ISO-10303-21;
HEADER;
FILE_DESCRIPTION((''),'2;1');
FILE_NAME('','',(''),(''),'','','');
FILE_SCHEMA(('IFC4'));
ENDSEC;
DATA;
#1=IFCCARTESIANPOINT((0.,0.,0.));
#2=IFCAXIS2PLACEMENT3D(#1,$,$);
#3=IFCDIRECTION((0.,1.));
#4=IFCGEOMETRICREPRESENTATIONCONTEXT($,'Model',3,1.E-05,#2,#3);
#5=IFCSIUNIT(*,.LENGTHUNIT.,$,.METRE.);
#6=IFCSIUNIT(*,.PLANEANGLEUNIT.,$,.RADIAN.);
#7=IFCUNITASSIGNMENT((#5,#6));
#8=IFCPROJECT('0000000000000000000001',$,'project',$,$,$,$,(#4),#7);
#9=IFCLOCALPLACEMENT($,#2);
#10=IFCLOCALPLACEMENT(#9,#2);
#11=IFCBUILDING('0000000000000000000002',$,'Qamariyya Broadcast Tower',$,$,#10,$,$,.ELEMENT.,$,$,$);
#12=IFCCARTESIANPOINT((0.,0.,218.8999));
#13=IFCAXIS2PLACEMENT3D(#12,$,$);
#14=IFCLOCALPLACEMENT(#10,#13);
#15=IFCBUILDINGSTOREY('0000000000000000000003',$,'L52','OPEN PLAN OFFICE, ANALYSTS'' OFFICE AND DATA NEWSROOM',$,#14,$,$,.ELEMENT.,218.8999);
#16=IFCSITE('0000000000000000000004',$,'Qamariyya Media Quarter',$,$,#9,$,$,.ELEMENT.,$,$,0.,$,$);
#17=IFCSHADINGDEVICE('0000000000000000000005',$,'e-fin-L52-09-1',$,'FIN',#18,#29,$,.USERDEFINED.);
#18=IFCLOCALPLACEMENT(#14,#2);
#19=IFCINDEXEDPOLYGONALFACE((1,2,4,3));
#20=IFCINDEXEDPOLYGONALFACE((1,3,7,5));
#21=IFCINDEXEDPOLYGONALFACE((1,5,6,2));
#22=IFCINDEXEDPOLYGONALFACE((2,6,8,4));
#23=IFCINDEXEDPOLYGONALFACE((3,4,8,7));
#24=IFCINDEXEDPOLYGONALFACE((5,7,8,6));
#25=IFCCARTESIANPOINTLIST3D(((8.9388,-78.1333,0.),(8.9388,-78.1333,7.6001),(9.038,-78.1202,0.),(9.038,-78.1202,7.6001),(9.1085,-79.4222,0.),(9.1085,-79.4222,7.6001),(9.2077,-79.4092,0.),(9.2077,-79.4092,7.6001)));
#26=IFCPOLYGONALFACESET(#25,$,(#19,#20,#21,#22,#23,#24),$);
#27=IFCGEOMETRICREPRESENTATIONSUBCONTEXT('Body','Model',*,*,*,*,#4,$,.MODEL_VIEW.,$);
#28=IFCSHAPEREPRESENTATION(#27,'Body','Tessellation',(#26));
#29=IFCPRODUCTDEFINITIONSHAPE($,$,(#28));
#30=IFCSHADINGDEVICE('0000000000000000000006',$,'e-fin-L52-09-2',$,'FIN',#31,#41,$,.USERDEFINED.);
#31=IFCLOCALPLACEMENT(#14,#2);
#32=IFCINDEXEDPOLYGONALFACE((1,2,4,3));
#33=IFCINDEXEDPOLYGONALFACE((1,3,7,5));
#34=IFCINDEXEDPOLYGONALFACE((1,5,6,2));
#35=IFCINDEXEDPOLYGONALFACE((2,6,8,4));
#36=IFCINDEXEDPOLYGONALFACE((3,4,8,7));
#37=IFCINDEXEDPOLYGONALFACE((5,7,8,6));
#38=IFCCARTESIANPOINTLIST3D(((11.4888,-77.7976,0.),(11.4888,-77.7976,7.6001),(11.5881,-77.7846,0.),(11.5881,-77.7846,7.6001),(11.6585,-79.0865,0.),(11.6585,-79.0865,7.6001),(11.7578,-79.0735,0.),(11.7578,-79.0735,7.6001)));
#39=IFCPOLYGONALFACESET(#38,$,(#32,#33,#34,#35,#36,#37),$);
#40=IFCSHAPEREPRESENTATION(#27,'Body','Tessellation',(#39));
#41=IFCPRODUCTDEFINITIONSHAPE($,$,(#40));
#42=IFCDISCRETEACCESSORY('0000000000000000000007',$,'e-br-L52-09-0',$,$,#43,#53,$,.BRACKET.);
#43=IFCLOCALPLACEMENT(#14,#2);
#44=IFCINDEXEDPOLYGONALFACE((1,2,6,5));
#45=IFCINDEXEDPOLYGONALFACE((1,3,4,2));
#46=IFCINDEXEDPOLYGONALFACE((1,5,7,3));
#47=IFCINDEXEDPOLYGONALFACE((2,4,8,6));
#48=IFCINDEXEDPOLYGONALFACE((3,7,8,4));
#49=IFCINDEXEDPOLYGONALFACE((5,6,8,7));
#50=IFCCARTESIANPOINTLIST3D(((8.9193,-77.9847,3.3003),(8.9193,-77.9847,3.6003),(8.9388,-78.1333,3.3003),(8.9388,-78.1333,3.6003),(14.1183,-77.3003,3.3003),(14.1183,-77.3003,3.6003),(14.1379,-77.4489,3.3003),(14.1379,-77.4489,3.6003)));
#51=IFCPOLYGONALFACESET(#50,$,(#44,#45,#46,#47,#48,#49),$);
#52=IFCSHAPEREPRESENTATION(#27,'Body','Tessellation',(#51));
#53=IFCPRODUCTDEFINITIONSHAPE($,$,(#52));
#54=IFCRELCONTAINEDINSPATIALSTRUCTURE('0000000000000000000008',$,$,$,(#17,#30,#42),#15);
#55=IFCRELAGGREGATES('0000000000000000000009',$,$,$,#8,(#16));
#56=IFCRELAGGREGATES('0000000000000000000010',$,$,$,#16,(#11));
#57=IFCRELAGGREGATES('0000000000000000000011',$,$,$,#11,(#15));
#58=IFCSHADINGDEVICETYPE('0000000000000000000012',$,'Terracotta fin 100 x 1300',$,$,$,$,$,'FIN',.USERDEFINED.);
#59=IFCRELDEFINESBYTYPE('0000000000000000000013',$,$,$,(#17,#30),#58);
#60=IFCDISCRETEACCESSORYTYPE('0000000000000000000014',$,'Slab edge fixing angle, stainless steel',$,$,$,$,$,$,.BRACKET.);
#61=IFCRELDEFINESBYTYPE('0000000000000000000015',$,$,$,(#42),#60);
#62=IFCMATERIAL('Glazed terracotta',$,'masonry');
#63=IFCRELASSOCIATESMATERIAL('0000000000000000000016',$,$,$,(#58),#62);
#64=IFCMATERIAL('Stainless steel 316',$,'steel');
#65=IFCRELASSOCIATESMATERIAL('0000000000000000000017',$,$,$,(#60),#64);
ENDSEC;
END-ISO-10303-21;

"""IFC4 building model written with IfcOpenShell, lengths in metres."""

from ifc_helpers import new_model, si_unit, direction, frame, origin, origin_2d, place, context, subcontext, project, spatial, rectangle, extrude, material, material_profile, profile_set, type_object, element, save


model = new_model("IFC4")

# Units and contexts
model_context = context("Model", 3, precision=1e-05, world=origin(), true_north=direction((0.0, 1.0)))
body_context = subcontext(model_context, "Body", "Model", "MODEL_VIEW")
ifc_project = project(units=[si_unit("LENGTHUNIT", "METRE"), si_unit("PLANEANGLEUNIT", "RADIAN")], contexts=[model_context])

# Site, building, storey
site_placement = place(None, origin())
site = spatial("IfcSite", under=ifc_project, at=site_placement, Name="Qamariyya Media Quarter", CompositionType="ELEMENT", RefElevation=0.0)
building_placement = place(site_placement, origin())
building = spatial("IfcBuilding", under=site, at=building_placement, Name="Qamariyya Broadcast Tower", CompositionType="ELEMENT")
storey_placement = place(building_placement, frame((0.0, 0.0, 218.8999)))
storey = spatial("IfcBuildingStorey", under=building, at=storey_placement, Name="L52", Description="OPEN PLAN OFFICE, ANALYSTS' OFFICE AND DATA NEWSROOM", CompositionType="ELEMENT", Elevation=218.8999)

# Shading devices
ifc_material_1 = material(Name="Glazed terracotta", Category="masonry")
ifc_material_profile_1 = material_profile(ifc_material_1, rectangle(XDim=1.3, YDim=0.1001, at=origin_2d()))
ifc_profile_set_1 = profile_set([ifc_material_profile_1], Name="Glazed terracotta")
shading_device_type = type_object("IfcShadingDeviceType", Name="Terracotta fin 100 x 1300", ElementType="FIN", PredefinedType="USERDEFINED", material=ifc_profile_set_1)
for number, where, z_axis, x_axis, name in (
    (1, (9.0732, -78.7712, 0.0), (0.0, 0.0, 1.0), (0.130526, -0.991445, 0.0), "e-fin-L52-09-1"),
    (2, (11.6233, -78.4355, 0.0), (0.0, 0.0, 1.0), (0.130526, -0.991445, 0.0), "e-fin-L52-09-2"),
):
    element("IfcShadingDevice", number, at=place(storey_placement, frame(where, z_axis=z_axis, x_axis=x_axis)), inside=storey, type_object=shading_device_type, Name=name, ObjectType="FIN", PredefinedType="USERDEFINED", context=body_context, shape_type="SweptSolid", body=[
        extrude(rectangle(XDim=1.3, YDim=0.1001, at=origin_2d()), origin(), (0.0, 0.0, 1.0), 7.6001),
    ])

# Discrete accessory
ifc_material_2 = material(Name="Stainless steel 316", Category="steel")
discrete_accessory_type = type_object("IfcDiscreteAccessoryType", Name="Slab edge fixing angle, stainless steel", PredefinedType="BRACKET", material=ifc_material_2)
discrete_accessory_placement = place(storey_placement, frame((11.5286, -77.7168, 3.3003), z_axis=(0.0, 0.0, 1.0), x_axis=(0.991445, 0.130526, 0.0)))
element("IfcDiscreteAccessory", 3, at=discrete_accessory_placement, inside=storey, type_object=discrete_accessory_type, Name="e-br-L52-09-0", PredefinedType="BRACKET", context=body_context, shape_type="SweptSolid", body=[
    extrude(rectangle(XDim=5.2439, YDim=0.1499, at=origin_2d()), origin(), (0.0, 0.0, 1.0), 0.3),
])

save(model, "model.ifc")
